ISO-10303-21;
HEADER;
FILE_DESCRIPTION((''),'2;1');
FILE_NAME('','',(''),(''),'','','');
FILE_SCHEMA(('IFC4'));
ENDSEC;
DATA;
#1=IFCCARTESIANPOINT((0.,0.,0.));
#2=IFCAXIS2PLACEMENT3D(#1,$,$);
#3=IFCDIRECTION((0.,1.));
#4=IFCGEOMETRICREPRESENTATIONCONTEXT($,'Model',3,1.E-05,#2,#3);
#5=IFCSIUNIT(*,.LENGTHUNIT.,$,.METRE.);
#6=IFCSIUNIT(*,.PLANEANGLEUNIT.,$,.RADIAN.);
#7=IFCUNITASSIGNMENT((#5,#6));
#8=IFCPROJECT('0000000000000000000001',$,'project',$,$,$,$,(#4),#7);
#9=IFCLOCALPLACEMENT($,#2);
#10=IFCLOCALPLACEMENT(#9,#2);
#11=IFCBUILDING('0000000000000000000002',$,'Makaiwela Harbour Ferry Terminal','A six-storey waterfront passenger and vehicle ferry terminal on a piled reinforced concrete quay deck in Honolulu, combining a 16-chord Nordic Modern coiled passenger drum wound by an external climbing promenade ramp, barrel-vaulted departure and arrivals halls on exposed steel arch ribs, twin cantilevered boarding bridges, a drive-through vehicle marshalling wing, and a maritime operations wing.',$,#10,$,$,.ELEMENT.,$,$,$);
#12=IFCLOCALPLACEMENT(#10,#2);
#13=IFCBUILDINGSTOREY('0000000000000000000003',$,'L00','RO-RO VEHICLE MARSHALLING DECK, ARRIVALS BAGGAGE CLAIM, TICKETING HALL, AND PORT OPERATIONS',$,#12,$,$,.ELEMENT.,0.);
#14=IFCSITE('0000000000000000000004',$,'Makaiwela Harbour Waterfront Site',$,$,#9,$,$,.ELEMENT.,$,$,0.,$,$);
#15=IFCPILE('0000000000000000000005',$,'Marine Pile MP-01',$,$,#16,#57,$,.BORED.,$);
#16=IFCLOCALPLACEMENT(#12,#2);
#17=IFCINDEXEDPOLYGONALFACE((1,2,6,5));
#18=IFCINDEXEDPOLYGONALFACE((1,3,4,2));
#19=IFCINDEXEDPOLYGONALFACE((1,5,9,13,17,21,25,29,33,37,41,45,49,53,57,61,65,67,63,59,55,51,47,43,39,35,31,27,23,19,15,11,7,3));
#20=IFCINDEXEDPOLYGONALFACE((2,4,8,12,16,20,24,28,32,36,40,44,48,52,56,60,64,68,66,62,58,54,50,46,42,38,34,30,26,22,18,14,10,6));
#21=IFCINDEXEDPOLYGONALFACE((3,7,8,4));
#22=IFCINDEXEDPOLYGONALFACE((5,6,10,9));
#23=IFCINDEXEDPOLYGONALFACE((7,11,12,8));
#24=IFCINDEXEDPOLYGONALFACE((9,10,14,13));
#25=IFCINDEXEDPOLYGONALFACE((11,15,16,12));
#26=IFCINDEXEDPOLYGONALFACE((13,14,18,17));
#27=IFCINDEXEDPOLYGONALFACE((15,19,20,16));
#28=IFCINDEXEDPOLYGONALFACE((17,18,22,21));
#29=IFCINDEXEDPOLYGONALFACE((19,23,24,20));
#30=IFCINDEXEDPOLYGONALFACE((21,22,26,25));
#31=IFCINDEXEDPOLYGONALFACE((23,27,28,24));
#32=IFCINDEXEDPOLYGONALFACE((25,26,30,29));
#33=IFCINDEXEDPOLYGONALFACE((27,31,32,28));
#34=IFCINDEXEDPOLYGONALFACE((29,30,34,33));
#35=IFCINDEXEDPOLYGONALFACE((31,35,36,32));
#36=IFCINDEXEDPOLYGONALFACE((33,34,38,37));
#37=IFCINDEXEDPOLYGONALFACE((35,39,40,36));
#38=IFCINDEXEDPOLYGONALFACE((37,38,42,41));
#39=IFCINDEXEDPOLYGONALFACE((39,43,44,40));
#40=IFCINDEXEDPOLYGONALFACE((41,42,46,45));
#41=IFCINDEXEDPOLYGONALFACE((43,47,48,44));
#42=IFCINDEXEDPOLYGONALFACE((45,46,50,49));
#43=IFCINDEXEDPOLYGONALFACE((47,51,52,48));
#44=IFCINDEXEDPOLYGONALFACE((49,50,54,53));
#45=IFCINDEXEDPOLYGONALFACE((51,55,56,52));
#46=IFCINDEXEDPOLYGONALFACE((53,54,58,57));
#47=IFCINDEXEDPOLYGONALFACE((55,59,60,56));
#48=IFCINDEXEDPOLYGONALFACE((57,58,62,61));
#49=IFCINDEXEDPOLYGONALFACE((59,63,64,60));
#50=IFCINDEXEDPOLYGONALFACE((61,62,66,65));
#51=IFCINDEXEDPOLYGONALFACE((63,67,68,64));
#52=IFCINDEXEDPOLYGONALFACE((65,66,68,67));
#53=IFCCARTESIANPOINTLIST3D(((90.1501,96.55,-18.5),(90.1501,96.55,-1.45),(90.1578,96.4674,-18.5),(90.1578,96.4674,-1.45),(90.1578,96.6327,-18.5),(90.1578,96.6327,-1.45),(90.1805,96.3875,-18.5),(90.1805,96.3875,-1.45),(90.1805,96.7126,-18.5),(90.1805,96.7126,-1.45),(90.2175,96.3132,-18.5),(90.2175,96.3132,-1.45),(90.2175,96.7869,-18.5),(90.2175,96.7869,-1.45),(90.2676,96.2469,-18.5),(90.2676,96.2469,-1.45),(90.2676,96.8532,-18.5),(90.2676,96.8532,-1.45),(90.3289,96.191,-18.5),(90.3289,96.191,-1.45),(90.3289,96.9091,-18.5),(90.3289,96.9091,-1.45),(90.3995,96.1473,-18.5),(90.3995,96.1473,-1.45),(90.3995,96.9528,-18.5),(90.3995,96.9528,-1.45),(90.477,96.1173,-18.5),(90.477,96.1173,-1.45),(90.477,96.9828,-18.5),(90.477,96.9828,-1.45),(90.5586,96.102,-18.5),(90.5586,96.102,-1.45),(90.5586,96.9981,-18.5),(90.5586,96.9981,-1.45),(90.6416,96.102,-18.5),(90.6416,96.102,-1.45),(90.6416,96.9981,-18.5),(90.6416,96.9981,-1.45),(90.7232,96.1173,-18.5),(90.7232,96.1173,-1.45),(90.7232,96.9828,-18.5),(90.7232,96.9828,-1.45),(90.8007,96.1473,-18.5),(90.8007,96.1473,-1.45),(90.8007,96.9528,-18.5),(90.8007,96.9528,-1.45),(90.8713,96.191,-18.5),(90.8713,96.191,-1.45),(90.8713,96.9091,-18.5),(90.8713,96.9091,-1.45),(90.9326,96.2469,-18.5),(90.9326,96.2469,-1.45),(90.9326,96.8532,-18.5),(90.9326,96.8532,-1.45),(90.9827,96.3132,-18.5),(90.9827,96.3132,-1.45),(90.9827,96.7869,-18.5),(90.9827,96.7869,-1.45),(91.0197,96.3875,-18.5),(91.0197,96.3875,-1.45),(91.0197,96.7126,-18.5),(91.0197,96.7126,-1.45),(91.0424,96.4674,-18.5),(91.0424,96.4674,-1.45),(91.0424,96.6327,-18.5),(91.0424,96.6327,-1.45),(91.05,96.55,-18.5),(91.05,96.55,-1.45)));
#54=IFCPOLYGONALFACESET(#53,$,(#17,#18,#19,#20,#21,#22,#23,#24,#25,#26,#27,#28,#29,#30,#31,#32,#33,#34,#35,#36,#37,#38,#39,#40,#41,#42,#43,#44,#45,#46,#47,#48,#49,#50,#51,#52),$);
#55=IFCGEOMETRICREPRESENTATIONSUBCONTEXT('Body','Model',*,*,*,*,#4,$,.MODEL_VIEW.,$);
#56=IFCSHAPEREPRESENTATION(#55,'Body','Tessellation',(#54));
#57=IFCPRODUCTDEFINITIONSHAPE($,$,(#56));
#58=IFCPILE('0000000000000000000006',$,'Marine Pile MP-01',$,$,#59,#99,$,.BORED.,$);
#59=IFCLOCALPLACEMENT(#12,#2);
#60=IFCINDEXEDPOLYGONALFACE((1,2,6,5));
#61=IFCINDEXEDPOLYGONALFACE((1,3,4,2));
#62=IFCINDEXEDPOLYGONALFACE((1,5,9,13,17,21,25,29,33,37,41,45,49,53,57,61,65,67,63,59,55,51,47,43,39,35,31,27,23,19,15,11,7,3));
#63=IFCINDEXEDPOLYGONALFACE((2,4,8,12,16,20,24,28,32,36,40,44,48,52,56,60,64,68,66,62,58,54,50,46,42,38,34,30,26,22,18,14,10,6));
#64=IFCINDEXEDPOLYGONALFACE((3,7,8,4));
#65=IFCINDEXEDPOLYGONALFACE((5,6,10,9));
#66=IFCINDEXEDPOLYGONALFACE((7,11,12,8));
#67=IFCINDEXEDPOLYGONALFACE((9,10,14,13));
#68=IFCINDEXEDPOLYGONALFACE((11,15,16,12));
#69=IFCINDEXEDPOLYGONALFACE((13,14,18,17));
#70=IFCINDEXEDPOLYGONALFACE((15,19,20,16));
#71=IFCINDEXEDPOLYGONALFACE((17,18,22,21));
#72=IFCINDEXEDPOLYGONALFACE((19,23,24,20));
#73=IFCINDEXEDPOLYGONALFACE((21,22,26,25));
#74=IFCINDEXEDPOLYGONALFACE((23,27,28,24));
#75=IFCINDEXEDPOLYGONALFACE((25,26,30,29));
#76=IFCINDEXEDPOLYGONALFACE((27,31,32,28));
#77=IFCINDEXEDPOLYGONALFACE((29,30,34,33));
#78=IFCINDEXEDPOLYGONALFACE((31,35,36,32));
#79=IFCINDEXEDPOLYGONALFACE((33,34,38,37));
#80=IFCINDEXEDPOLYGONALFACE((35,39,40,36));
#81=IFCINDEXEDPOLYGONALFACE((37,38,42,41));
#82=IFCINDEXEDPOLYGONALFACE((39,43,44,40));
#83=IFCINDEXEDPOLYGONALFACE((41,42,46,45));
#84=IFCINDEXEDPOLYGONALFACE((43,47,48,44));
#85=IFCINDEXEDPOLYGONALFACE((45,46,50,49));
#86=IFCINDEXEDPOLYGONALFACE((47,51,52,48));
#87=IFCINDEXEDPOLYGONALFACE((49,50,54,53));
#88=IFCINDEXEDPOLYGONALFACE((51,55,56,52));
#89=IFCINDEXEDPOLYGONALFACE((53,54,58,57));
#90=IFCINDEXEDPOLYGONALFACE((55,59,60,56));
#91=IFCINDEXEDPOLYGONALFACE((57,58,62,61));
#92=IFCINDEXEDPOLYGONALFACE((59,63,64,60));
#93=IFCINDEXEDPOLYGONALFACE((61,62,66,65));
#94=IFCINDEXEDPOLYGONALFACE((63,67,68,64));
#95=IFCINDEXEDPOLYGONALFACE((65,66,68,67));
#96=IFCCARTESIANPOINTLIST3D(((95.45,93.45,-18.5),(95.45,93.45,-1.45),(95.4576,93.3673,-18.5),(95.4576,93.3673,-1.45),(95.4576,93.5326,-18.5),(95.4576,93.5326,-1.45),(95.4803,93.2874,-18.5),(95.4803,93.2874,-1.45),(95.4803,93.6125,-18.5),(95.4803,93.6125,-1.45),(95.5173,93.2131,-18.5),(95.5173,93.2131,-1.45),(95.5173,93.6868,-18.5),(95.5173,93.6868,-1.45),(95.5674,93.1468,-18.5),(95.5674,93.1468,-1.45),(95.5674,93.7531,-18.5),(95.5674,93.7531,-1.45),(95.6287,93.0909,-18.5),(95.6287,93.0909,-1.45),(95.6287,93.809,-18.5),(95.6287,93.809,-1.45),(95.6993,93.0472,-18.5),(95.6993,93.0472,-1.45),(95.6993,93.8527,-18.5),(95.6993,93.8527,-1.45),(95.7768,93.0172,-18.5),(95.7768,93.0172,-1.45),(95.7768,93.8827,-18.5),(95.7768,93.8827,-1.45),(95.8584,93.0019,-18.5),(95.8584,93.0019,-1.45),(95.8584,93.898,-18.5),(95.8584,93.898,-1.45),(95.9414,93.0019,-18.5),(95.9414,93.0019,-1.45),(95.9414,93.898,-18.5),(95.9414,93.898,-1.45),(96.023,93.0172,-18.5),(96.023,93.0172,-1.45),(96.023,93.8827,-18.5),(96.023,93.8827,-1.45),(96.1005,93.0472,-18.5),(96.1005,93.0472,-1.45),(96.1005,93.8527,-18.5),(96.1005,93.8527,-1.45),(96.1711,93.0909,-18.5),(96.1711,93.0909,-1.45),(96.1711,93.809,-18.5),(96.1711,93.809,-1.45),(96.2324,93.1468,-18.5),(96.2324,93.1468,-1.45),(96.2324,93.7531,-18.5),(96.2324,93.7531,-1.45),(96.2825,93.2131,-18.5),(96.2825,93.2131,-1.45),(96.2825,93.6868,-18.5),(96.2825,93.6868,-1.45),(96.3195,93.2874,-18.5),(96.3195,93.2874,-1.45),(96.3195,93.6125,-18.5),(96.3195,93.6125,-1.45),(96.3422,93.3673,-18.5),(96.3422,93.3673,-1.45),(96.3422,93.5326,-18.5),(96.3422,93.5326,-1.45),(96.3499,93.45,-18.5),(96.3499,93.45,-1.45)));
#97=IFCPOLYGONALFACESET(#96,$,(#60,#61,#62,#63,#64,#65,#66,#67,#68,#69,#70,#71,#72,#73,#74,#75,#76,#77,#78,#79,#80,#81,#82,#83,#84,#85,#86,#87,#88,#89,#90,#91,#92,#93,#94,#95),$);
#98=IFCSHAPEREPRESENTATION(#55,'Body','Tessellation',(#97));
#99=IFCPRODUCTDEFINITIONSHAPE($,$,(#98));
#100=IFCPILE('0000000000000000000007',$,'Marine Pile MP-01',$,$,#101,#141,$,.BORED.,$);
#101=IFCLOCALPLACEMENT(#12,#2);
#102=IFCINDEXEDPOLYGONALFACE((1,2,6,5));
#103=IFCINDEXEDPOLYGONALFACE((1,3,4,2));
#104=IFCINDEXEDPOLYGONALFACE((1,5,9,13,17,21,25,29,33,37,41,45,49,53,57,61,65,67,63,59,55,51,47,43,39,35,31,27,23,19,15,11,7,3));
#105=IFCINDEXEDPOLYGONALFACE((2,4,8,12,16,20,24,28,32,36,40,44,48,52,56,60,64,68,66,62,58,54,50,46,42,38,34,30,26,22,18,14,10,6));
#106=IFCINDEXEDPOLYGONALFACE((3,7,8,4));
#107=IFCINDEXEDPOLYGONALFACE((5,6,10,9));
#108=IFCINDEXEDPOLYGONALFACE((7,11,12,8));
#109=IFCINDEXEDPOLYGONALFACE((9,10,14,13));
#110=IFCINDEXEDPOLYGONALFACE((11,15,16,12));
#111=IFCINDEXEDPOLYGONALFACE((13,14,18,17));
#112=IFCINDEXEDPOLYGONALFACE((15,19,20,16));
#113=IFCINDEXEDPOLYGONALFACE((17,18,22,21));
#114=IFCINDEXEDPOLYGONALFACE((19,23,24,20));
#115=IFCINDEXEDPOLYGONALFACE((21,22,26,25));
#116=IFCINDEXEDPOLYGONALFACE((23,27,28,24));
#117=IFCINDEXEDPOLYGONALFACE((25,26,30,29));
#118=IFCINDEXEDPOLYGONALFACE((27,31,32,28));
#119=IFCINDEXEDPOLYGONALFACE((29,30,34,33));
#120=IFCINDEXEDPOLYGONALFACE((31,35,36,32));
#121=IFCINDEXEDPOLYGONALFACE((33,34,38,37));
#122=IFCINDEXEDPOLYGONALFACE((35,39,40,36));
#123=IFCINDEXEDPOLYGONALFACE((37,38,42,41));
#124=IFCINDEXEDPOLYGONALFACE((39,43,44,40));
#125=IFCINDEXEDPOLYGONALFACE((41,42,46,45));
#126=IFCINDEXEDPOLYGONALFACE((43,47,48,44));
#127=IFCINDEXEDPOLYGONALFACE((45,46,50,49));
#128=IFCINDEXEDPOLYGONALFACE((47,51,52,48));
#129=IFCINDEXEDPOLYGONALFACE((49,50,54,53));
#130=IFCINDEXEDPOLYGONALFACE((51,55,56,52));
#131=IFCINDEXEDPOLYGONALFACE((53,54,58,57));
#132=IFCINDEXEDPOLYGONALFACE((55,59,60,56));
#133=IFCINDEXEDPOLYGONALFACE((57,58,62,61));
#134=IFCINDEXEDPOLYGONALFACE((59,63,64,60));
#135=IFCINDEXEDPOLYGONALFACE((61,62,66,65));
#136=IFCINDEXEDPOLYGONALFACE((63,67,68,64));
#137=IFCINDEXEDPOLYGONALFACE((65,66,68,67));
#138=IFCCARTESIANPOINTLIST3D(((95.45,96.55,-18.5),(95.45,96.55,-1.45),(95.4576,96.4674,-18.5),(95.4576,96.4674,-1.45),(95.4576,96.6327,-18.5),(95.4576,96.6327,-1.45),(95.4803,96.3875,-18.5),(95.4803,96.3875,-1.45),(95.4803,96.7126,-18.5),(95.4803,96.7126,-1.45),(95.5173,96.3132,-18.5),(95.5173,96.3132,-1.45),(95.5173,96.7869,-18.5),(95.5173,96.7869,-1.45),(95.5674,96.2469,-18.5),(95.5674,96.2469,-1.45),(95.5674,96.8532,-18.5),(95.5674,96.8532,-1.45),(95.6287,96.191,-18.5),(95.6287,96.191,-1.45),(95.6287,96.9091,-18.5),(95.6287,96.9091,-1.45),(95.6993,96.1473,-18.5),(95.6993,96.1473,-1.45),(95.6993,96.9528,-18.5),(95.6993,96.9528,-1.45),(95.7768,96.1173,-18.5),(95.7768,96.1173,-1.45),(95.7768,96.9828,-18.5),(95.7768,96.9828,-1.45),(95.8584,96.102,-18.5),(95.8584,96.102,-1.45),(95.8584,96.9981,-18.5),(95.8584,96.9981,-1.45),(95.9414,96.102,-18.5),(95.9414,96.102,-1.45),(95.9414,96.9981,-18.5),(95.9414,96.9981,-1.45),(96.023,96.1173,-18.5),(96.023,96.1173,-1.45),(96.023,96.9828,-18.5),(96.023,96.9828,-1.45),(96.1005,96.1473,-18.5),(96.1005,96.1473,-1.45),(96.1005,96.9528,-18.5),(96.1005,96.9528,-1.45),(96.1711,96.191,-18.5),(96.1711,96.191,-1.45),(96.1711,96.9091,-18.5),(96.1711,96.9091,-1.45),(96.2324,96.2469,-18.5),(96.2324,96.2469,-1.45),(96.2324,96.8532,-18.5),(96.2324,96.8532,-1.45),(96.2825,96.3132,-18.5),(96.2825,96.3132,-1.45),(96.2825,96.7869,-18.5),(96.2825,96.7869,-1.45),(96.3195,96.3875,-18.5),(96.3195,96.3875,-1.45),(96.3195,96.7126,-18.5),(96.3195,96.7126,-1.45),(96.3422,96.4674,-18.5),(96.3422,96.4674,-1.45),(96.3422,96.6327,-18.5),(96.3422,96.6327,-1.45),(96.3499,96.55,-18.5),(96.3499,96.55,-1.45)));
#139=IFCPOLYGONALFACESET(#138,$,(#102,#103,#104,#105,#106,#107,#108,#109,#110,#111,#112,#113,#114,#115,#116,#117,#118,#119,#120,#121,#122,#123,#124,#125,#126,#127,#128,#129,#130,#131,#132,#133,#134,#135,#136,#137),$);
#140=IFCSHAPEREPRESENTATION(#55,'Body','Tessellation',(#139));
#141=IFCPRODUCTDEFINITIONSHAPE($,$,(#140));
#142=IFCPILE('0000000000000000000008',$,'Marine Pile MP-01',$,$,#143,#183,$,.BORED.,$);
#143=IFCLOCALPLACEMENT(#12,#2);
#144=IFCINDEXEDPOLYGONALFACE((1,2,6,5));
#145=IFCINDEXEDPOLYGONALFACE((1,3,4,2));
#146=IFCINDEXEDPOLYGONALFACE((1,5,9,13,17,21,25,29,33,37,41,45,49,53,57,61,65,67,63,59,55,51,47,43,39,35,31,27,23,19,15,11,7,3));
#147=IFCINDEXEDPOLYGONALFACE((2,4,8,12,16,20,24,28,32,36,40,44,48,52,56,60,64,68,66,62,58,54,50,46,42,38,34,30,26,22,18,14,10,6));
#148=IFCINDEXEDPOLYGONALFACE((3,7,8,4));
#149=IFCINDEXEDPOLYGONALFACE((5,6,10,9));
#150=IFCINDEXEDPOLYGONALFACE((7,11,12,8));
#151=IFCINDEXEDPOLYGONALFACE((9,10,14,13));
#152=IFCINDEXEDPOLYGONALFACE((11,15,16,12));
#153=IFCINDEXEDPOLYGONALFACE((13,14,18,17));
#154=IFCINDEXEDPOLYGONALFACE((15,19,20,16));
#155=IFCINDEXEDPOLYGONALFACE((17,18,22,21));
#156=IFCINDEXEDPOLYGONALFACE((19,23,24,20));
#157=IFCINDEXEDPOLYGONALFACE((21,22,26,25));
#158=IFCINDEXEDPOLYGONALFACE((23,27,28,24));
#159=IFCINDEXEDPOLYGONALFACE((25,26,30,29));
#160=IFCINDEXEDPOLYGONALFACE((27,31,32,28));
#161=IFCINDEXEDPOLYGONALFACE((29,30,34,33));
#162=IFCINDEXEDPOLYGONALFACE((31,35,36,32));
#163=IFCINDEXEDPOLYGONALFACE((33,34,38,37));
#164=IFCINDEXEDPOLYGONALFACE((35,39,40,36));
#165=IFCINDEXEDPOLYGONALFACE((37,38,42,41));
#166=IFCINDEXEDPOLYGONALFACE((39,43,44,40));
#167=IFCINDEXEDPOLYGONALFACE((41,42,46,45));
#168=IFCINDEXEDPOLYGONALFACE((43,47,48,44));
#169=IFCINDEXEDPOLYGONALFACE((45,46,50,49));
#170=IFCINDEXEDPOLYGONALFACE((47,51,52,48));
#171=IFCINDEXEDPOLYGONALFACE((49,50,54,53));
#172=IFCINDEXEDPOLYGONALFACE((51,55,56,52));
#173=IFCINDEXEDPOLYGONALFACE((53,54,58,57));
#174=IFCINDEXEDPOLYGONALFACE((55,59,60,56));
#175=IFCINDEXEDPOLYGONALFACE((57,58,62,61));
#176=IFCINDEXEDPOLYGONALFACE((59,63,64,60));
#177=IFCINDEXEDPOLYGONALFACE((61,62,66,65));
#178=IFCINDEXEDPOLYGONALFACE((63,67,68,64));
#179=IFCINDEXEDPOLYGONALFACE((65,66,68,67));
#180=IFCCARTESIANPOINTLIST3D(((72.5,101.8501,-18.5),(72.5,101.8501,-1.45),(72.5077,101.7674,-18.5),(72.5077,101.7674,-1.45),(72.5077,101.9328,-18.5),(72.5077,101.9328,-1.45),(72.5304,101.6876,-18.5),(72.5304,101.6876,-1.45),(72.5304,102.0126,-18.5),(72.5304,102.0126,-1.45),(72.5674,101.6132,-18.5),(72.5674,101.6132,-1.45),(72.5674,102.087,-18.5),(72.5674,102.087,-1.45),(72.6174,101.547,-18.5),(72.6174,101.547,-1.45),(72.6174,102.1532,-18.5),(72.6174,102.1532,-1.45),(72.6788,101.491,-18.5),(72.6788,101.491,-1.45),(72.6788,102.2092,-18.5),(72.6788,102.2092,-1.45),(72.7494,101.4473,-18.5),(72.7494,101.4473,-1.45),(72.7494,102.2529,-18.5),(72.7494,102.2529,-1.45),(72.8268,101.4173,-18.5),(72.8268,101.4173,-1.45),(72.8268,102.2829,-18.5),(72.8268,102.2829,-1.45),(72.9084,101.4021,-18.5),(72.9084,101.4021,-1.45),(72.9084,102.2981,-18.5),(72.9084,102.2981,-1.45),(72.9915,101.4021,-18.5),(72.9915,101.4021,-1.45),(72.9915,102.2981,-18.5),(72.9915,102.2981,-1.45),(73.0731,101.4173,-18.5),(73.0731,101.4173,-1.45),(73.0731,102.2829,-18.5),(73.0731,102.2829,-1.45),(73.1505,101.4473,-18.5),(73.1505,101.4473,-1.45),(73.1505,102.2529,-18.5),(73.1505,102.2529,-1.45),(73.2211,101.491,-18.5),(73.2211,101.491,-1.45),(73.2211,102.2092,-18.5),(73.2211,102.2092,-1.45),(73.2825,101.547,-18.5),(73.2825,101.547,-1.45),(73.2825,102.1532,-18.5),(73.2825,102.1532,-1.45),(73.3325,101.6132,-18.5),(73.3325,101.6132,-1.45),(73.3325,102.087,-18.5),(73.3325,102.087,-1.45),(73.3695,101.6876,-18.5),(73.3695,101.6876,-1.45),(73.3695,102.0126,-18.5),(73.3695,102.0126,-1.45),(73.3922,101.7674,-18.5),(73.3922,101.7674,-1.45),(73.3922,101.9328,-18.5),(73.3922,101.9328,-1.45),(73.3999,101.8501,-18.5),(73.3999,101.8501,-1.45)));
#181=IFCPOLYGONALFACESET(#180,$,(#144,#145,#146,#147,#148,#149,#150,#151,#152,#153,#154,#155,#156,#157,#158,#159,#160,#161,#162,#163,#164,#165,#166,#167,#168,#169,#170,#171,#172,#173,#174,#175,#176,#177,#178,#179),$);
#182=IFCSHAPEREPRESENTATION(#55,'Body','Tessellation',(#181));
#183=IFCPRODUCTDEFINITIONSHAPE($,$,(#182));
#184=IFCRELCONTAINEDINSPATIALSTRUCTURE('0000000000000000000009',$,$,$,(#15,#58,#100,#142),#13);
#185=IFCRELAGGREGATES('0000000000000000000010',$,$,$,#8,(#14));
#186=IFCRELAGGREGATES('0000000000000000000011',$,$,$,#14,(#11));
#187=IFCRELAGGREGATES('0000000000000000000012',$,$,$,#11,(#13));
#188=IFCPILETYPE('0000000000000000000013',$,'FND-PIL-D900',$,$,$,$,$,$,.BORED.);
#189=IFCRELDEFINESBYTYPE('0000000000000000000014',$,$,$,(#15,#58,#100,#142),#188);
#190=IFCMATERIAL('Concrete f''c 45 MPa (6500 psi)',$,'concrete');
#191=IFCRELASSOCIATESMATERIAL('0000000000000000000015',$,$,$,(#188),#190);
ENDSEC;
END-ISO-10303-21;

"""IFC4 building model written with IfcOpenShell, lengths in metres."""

from ifc_helpers import new_model, si_unit, direction, frame, origin, origin_2d, place, context, subcontext, project, spatial, circle, extrude, material, material_profile, profile_set, type_object, element, save


model = new_model("IFC4")

# Units and contexts
model_context = context("Model", 3, precision=1e-05, world=origin(), true_north=direction((0.0, 1.0)))
body_context = subcontext(model_context, "Body", "Model", "MODEL_VIEW")
ifc_project = project(units=[si_unit("LENGTHUNIT", "METRE"), si_unit("PLANEANGLEUNIT", "RADIAN")], contexts=[model_context])

# Site, building, storey
site_placement = place(None, origin())
site = spatial("IfcSite", under=ifc_project, at=site_placement, Name="Makaiwela Harbour Waterfront Site", CompositionType="ELEMENT", RefElevation=0.0)
building_placement = place(site_placement, origin())
building = spatial("IfcBuilding", under=site, at=building_placement, Name="Makaiwela Harbour Ferry Terminal", Description="A six-storey waterfront passenger and vehicle ferry terminal on a piled reinforced concrete quay deck in Honolulu, combining a 16-chord Nordic Modern coiled passenger drum wound by an external climbing promenade ramp, barrel-vaulted departure and arrivals halls on exposed steel arch ribs, twin cantilevered boarding bridges, a drive-through vehicle marshalling wing, and a maritime operations wing.", CompositionType="ELEMENT")
storey_placement = place(building_placement, origin())
storey = spatial("IfcBuildingStorey", under=building, at=storey_placement, Name="L00", Description="RO-RO VEHICLE MARSHALLING DECK, ARRIVALS BAGGAGE CLAIM, TICKETING HALL, AND PORT OPERATIONS", CompositionType="ELEMENT", Elevation=0.0)

# Shared definitions
ifc_material_1 = material(Name="Concrete f'c 45 MPa (6500 psi)", Category="concrete")

# Piles
ifc_material_profile_1 = material_profile(ifc_material_1, circle(Radius=0.45, at=origin_2d()), Name="PILE-D900")
ifc_profile_set_1 = profile_set([ifc_material_profile_1], Name="Concrete f'c 45 MPa (6500 psi)")
pile_type = type_object("IfcPileType", Name="FND-PIL-D900", PredefinedType="BORED", material=ifc_profile_set_1)
for number, where, z_axis, x_axis, name in (
    (1, (90.6001, 96.55, -1.45), (0.0, 0.0, -1.0), (1.0, 0.0, 0.0), "Marine Pile MP-01"),
    (2, (95.8999, 93.45, -1.45), (0.0, 0.0, -1.0), (1.0, 0.0, 0.0), "Marine Pile MP-01"),
    (3, (95.8999, 96.55, -1.45), (0.0, 0.0, -1.0), (1.0, 0.0, 0.0), "Marine Pile MP-01"),
    (4, (72.95, 101.8501, -1.45), (0.0, 0.0, -1.0), (1.0, 0.0, 0.0), "Marine Pile MP-01"),
):
    element("IfcPile", number, at=place(storey_placement, frame(where, z_axis=z_axis, x_axis=x_axis)), inside=storey, type_object=pile_type, Name=name, PredefinedType="BORED", context=body_context, shape_type="SweptSolid", body=[
        extrude(circle(Radius=0.45, at=origin_2d()), origin(), (0.0, 0.0, 1.0), 17.05),
    ])

save(model, "model.ifc")
